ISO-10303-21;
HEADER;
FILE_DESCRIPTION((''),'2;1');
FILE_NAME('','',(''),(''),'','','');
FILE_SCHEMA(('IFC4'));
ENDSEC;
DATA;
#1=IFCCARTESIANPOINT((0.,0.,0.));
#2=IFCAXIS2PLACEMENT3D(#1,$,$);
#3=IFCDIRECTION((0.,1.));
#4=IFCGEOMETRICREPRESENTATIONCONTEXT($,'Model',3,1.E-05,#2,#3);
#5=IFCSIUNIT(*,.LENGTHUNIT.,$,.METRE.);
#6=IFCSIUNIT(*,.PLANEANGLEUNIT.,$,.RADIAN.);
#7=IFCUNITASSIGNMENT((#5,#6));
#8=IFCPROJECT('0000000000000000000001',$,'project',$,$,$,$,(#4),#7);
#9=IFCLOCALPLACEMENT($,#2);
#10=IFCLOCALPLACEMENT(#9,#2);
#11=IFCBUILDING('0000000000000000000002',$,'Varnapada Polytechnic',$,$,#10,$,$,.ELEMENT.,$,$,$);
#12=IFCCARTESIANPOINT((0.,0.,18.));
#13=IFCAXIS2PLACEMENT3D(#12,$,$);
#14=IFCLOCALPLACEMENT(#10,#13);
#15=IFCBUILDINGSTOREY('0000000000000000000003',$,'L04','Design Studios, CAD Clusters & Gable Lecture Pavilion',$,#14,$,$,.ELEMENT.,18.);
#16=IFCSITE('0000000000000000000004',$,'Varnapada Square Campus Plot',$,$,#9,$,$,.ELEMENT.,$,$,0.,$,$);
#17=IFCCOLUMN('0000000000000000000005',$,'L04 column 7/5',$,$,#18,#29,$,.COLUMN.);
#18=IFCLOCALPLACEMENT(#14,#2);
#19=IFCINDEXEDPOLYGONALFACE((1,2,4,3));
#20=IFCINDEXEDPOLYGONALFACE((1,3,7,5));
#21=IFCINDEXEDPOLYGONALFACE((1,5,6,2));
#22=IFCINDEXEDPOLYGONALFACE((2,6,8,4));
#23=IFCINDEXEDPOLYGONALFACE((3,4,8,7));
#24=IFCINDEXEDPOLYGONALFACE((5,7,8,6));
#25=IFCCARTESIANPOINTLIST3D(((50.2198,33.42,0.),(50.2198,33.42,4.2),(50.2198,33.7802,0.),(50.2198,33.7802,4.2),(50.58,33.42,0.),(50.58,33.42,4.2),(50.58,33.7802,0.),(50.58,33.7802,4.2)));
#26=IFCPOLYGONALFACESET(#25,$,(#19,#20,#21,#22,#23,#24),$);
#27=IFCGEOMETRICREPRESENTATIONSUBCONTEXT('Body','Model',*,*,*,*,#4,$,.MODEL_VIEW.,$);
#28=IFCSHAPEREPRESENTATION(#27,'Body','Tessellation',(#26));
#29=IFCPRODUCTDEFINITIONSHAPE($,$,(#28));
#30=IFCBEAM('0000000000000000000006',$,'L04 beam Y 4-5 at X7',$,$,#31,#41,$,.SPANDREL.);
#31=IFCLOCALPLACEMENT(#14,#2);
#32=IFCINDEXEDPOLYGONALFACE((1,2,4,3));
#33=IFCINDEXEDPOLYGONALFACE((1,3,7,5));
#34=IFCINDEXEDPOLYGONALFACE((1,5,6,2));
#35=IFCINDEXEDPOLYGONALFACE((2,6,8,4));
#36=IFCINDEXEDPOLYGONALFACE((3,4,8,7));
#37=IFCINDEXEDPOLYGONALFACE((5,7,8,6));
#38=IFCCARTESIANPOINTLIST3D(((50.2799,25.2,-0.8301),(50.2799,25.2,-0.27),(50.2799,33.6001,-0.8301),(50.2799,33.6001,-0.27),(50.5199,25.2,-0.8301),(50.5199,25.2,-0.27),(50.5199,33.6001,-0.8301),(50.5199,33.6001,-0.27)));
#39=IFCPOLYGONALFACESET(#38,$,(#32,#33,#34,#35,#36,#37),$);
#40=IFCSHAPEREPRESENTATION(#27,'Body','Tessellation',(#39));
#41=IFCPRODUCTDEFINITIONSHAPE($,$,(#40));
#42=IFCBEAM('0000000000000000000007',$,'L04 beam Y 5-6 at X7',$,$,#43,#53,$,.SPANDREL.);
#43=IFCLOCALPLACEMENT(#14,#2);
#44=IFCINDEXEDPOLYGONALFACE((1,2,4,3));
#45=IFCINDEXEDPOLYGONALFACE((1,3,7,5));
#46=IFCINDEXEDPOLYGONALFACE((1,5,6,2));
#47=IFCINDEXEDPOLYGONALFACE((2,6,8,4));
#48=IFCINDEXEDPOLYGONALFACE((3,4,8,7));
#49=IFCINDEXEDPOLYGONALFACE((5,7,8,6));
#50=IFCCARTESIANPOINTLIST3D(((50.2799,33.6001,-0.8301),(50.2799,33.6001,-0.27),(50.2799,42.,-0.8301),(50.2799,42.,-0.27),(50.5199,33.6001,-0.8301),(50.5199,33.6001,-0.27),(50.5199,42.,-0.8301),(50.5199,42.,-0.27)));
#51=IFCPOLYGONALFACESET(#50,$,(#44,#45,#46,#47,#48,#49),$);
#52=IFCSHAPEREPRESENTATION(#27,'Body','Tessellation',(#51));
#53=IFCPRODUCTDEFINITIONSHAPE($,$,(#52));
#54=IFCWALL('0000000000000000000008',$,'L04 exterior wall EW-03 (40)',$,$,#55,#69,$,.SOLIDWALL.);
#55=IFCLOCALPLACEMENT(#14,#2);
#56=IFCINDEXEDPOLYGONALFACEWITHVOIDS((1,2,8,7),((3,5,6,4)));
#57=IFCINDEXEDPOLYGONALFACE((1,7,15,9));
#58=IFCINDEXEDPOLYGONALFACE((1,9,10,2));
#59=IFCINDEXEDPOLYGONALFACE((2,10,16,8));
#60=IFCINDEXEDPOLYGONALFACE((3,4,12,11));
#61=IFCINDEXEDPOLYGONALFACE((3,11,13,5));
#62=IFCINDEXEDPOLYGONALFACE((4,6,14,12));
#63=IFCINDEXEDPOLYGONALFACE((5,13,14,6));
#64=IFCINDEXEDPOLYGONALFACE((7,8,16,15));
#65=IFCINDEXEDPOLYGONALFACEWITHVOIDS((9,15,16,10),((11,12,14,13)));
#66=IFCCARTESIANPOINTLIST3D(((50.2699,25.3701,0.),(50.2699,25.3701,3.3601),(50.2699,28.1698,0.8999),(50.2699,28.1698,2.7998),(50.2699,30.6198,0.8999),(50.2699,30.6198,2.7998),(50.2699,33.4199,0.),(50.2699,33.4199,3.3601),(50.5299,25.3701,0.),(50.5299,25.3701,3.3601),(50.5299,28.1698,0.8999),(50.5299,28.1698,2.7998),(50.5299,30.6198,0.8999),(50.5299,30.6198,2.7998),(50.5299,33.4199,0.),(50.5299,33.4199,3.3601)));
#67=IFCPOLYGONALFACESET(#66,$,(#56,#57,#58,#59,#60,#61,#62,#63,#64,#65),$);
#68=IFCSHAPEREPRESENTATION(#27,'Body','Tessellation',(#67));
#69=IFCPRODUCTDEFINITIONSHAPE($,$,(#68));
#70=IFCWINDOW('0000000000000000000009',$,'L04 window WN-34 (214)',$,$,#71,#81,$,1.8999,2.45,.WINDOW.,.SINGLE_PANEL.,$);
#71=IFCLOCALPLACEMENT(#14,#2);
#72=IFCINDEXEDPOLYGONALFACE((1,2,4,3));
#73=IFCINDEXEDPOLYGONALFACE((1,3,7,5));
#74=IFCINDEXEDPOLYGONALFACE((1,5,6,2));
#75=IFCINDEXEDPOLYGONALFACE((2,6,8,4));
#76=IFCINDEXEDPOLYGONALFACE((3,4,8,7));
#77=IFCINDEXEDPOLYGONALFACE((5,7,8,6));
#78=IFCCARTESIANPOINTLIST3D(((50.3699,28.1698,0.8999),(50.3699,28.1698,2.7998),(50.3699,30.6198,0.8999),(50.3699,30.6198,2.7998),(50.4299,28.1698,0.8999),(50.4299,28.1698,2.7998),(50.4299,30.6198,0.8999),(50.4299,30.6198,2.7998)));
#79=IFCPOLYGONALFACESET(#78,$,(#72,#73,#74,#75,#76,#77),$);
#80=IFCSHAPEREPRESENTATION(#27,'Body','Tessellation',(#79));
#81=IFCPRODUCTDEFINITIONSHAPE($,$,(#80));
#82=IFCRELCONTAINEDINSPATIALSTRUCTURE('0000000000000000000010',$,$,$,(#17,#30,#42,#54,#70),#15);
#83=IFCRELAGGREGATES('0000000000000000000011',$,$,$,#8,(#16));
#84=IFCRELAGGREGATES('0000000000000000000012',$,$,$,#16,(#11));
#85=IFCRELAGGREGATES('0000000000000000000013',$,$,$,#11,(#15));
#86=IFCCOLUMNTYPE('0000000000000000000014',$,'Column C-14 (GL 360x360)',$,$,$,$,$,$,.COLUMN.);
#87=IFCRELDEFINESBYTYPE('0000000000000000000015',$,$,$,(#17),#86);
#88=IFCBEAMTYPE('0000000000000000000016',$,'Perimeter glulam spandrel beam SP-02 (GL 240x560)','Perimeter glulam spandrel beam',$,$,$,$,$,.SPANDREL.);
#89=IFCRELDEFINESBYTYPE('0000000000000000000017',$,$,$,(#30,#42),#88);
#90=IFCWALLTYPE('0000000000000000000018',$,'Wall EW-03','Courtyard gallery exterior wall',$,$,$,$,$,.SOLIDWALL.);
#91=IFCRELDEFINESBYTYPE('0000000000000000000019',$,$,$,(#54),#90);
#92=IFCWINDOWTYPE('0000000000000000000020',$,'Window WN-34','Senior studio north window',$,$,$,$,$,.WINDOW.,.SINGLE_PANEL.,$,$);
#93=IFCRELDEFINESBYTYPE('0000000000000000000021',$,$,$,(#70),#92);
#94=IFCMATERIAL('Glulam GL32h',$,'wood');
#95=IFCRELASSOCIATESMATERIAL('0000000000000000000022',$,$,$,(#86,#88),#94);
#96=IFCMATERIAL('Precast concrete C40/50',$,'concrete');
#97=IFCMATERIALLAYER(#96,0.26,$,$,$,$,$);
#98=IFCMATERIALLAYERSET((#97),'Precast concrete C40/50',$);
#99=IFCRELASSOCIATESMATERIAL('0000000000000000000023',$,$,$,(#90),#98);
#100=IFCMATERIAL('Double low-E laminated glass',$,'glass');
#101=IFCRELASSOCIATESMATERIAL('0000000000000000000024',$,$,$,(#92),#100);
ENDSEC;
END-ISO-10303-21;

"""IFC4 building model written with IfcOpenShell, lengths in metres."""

from ifc_helpers import new_model, si_unit, direction, frame, frame_2d, origin, origin_2d, place, context, subcontext, project, spatial, rectangle, extrude, material, layer, layer_set, material_profile, profile_set, type_object, element, fill, save


model = new_model("IFC4")

# Units and contexts
model_context = context("Model", 3, precision=1e-05, world=origin(), true_north=direction((0.0, 1.0)))
body_context = subcontext(model_context, "Body", "Model", "MODEL_VIEW")
ifc_project = project(units=[si_unit("LENGTHUNIT", "METRE"), si_unit("PLANEANGLEUNIT", "RADIAN")], contexts=[model_context])

# Site, building, storey
site_placement = place(None, origin())
site = spatial("IfcSite", under=ifc_project, at=site_placement, Name="Varnapada Square Campus Plot", CompositionType="ELEMENT", RefElevation=0.0)
building_placement = place(site_placement, origin())
building = spatial("IfcBuilding", under=site, at=building_placement, Name="Varnapada Polytechnic", CompositionType="ELEMENT")
storey_placement = place(building_placement, frame((0.0, 0.0, 18.0)))
storey = spatial("IfcBuildingStorey", under=building, at=storey_placement, Name="L04", Description="Design Studios, CAD Clusters & Gable Lecture Pavilion", CompositionType="ELEMENT", Elevation=18.0)

# Column
ifc_material_1 = material(Name="Glulam GL32h", Category="wood")
ifc_material_profile_1 = material_profile(ifc_material_1, rectangle(XDim=0.3601, YDim=0.3601, at=origin_2d()), Name="GL 360x360")
ifc_profile_set_1 = profile_set([ifc_material_profile_1], Name="Glulam GL32h")
column_type = type_object("IfcColumnType", Name="Column C-14 (GL 360x360)", PredefinedType="COLUMN", material=ifc_profile_set_1)
column_placement = place(storey_placement, frame((50.3999, 33.6001, 0.0), z_axis=(0.0, 0.0, 1.0), x_axis=(1.0, 0.0, 0.0)))
element("IfcColumn", 1, at=column_placement, inside=storey, type_object=column_type, Name="L04 column 7/5", PredefinedType="COLUMN", context=body_context, shape_type="SweptSolid", body=[
    extrude(rectangle(XDim=0.3601, YDim=0.3601, at=origin_2d()), origin(), (0.0, 0.0, 1.0), 4.2),
])

# Beams
ifc_material_profile_2 = material_profile(ifc_material_1, rectangle(XDim=0.24, YDim=0.5601, at=origin_2d()), Name="GL 240x560")
ifc_profile_set_2 = profile_set([ifc_material_profile_2], Name="Glulam GL32h")
beam_type = type_object("IfcBeamType", Name="Perimeter glulam spandrel beam SP-02 (GL 240x560)", Description="Perimeter glulam spandrel beam", PredefinedType="SPANDREL", material=ifc_profile_set_2)
beam_1_placement = place(storey_placement, frame((50.3999, 25.2, -0.55), z_axis=(0.0, 1.0, 0.0), x_axis=(-1.0, 0.0, 0.0)))
element("IfcBeam", 2, at=beam_1_placement, inside=storey, type_object=beam_type, Name="L04 beam Y 4-5 at X7", PredefinedType="SPANDREL", context=body_context, shape_type="SweptSolid", body=[
    extrude(rectangle(XDim=0.24, YDim=0.5601, at=origin_2d()), origin(), (0.0, 0.0, 1.0), 8.4001),
])
beam_2_placement = place(storey_placement, frame((50.3999, 33.6001, -0.55), z_axis=(0.0, 1.0, 0.0), x_axis=(-1.0, 0.0, 0.0)))
element("IfcBeam", 3, at=beam_2_placement, inside=storey, type_object=beam_type, Name="L04 beam Y 5-6 at X7", PredefinedType="SPANDREL", context=body_context, shape_type="SweptSolid", body=[
    extrude(rectangle(XDim=0.24, YDim=0.5601, at=origin_2d()), origin(), (0.0, 0.0, 1.0), 8.3999),
])

# Wall, opening, window
ifc_material_2 = material(Name="Precast concrete C40/50", Category="concrete")
ifc_layer_1 = layer(ifc_material_2, 0.26)
ifc_layer_set_1 = layer_set([ifc_layer_1], Name="Precast concrete C40/50")
wall_type = type_object("IfcWallType", Name="Wall EW-03", Description="Courtyard gallery exterior wall", PredefinedType="SOLIDWALL", material=ifc_layer_set_1)
wall_placement = place(storey_placement, frame((50.3999, 33.4199, 0.0), z_axis=(0.0, 0.0, 1.0), x_axis=(0.0, -1.0, 0.0)))
wall = element("IfcWall", 4, at=wall_placement, inside=storey, type_object=wall_type, Name="L04 exterior wall EW-03 (40)", PredefinedType="SOLIDWALL", context=body_context, shape_type="SweptSolid", body=[
    extrude(rectangle(XDim=8.0498, YDim=0.26, at=frame_2d((4.0249, 0.0))), origin(), (0.0, 0.0, 1.0), 3.3601),
])
opening_1_placement = place(wall_placement, frame((2.8, 0.0, 0.8999)))
opening_1 = element("IfcOpeningElement", 5, at=opening_1_placement, cuts=wall, PredefinedType="OPENING", context=body_context, shape_type="SweptSolid", body=[
    extrude(rectangle(XDim=2.45, YDim=1.8999, at=frame_2d((1.2251, 0.95))), frame((0.0, 0.1399, 0.0), z_axis=(0.0, -1.0, 0.0), x_axis=(1.0, 0.0, 0.0)), (0.0, 0.0, 1.0), 0.28),
])
ifc_material_3 = material(Name="Double low-E laminated glass", Category="glass")
window_type = type_object("IfcWindowType", Name="Window WN-34", Description="Senior studio north window", PartitioningType="SINGLE_PANEL", PredefinedType="WINDOW", material=ifc_material_3)
window_placement = place(opening_1_placement, origin())
window = element("IfcWindow", 6, at=window_placement, inside=storey, type_object=window_type, Name="L04 window WN-34 (214)", OverallHeight=1.8999, OverallWidth=2.45, PartitioningType="SINGLE_PANEL", PredefinedType="WINDOW", context=body_context, shape_type="SweptSolid", body=[
    extrude(rectangle(XDim=2.45, YDim=1.8999, at=frame_2d((1.2251, 0.95))), frame((0.0, 0.03, 0.0), z_axis=(0.0, -1.0, 0.0), x_axis=(1.0, 0.0, 0.0)), (0.0, 0.0, 1.0), 0.0601),
])
fill(opening_1, window)

save(model, "model.ifc")
